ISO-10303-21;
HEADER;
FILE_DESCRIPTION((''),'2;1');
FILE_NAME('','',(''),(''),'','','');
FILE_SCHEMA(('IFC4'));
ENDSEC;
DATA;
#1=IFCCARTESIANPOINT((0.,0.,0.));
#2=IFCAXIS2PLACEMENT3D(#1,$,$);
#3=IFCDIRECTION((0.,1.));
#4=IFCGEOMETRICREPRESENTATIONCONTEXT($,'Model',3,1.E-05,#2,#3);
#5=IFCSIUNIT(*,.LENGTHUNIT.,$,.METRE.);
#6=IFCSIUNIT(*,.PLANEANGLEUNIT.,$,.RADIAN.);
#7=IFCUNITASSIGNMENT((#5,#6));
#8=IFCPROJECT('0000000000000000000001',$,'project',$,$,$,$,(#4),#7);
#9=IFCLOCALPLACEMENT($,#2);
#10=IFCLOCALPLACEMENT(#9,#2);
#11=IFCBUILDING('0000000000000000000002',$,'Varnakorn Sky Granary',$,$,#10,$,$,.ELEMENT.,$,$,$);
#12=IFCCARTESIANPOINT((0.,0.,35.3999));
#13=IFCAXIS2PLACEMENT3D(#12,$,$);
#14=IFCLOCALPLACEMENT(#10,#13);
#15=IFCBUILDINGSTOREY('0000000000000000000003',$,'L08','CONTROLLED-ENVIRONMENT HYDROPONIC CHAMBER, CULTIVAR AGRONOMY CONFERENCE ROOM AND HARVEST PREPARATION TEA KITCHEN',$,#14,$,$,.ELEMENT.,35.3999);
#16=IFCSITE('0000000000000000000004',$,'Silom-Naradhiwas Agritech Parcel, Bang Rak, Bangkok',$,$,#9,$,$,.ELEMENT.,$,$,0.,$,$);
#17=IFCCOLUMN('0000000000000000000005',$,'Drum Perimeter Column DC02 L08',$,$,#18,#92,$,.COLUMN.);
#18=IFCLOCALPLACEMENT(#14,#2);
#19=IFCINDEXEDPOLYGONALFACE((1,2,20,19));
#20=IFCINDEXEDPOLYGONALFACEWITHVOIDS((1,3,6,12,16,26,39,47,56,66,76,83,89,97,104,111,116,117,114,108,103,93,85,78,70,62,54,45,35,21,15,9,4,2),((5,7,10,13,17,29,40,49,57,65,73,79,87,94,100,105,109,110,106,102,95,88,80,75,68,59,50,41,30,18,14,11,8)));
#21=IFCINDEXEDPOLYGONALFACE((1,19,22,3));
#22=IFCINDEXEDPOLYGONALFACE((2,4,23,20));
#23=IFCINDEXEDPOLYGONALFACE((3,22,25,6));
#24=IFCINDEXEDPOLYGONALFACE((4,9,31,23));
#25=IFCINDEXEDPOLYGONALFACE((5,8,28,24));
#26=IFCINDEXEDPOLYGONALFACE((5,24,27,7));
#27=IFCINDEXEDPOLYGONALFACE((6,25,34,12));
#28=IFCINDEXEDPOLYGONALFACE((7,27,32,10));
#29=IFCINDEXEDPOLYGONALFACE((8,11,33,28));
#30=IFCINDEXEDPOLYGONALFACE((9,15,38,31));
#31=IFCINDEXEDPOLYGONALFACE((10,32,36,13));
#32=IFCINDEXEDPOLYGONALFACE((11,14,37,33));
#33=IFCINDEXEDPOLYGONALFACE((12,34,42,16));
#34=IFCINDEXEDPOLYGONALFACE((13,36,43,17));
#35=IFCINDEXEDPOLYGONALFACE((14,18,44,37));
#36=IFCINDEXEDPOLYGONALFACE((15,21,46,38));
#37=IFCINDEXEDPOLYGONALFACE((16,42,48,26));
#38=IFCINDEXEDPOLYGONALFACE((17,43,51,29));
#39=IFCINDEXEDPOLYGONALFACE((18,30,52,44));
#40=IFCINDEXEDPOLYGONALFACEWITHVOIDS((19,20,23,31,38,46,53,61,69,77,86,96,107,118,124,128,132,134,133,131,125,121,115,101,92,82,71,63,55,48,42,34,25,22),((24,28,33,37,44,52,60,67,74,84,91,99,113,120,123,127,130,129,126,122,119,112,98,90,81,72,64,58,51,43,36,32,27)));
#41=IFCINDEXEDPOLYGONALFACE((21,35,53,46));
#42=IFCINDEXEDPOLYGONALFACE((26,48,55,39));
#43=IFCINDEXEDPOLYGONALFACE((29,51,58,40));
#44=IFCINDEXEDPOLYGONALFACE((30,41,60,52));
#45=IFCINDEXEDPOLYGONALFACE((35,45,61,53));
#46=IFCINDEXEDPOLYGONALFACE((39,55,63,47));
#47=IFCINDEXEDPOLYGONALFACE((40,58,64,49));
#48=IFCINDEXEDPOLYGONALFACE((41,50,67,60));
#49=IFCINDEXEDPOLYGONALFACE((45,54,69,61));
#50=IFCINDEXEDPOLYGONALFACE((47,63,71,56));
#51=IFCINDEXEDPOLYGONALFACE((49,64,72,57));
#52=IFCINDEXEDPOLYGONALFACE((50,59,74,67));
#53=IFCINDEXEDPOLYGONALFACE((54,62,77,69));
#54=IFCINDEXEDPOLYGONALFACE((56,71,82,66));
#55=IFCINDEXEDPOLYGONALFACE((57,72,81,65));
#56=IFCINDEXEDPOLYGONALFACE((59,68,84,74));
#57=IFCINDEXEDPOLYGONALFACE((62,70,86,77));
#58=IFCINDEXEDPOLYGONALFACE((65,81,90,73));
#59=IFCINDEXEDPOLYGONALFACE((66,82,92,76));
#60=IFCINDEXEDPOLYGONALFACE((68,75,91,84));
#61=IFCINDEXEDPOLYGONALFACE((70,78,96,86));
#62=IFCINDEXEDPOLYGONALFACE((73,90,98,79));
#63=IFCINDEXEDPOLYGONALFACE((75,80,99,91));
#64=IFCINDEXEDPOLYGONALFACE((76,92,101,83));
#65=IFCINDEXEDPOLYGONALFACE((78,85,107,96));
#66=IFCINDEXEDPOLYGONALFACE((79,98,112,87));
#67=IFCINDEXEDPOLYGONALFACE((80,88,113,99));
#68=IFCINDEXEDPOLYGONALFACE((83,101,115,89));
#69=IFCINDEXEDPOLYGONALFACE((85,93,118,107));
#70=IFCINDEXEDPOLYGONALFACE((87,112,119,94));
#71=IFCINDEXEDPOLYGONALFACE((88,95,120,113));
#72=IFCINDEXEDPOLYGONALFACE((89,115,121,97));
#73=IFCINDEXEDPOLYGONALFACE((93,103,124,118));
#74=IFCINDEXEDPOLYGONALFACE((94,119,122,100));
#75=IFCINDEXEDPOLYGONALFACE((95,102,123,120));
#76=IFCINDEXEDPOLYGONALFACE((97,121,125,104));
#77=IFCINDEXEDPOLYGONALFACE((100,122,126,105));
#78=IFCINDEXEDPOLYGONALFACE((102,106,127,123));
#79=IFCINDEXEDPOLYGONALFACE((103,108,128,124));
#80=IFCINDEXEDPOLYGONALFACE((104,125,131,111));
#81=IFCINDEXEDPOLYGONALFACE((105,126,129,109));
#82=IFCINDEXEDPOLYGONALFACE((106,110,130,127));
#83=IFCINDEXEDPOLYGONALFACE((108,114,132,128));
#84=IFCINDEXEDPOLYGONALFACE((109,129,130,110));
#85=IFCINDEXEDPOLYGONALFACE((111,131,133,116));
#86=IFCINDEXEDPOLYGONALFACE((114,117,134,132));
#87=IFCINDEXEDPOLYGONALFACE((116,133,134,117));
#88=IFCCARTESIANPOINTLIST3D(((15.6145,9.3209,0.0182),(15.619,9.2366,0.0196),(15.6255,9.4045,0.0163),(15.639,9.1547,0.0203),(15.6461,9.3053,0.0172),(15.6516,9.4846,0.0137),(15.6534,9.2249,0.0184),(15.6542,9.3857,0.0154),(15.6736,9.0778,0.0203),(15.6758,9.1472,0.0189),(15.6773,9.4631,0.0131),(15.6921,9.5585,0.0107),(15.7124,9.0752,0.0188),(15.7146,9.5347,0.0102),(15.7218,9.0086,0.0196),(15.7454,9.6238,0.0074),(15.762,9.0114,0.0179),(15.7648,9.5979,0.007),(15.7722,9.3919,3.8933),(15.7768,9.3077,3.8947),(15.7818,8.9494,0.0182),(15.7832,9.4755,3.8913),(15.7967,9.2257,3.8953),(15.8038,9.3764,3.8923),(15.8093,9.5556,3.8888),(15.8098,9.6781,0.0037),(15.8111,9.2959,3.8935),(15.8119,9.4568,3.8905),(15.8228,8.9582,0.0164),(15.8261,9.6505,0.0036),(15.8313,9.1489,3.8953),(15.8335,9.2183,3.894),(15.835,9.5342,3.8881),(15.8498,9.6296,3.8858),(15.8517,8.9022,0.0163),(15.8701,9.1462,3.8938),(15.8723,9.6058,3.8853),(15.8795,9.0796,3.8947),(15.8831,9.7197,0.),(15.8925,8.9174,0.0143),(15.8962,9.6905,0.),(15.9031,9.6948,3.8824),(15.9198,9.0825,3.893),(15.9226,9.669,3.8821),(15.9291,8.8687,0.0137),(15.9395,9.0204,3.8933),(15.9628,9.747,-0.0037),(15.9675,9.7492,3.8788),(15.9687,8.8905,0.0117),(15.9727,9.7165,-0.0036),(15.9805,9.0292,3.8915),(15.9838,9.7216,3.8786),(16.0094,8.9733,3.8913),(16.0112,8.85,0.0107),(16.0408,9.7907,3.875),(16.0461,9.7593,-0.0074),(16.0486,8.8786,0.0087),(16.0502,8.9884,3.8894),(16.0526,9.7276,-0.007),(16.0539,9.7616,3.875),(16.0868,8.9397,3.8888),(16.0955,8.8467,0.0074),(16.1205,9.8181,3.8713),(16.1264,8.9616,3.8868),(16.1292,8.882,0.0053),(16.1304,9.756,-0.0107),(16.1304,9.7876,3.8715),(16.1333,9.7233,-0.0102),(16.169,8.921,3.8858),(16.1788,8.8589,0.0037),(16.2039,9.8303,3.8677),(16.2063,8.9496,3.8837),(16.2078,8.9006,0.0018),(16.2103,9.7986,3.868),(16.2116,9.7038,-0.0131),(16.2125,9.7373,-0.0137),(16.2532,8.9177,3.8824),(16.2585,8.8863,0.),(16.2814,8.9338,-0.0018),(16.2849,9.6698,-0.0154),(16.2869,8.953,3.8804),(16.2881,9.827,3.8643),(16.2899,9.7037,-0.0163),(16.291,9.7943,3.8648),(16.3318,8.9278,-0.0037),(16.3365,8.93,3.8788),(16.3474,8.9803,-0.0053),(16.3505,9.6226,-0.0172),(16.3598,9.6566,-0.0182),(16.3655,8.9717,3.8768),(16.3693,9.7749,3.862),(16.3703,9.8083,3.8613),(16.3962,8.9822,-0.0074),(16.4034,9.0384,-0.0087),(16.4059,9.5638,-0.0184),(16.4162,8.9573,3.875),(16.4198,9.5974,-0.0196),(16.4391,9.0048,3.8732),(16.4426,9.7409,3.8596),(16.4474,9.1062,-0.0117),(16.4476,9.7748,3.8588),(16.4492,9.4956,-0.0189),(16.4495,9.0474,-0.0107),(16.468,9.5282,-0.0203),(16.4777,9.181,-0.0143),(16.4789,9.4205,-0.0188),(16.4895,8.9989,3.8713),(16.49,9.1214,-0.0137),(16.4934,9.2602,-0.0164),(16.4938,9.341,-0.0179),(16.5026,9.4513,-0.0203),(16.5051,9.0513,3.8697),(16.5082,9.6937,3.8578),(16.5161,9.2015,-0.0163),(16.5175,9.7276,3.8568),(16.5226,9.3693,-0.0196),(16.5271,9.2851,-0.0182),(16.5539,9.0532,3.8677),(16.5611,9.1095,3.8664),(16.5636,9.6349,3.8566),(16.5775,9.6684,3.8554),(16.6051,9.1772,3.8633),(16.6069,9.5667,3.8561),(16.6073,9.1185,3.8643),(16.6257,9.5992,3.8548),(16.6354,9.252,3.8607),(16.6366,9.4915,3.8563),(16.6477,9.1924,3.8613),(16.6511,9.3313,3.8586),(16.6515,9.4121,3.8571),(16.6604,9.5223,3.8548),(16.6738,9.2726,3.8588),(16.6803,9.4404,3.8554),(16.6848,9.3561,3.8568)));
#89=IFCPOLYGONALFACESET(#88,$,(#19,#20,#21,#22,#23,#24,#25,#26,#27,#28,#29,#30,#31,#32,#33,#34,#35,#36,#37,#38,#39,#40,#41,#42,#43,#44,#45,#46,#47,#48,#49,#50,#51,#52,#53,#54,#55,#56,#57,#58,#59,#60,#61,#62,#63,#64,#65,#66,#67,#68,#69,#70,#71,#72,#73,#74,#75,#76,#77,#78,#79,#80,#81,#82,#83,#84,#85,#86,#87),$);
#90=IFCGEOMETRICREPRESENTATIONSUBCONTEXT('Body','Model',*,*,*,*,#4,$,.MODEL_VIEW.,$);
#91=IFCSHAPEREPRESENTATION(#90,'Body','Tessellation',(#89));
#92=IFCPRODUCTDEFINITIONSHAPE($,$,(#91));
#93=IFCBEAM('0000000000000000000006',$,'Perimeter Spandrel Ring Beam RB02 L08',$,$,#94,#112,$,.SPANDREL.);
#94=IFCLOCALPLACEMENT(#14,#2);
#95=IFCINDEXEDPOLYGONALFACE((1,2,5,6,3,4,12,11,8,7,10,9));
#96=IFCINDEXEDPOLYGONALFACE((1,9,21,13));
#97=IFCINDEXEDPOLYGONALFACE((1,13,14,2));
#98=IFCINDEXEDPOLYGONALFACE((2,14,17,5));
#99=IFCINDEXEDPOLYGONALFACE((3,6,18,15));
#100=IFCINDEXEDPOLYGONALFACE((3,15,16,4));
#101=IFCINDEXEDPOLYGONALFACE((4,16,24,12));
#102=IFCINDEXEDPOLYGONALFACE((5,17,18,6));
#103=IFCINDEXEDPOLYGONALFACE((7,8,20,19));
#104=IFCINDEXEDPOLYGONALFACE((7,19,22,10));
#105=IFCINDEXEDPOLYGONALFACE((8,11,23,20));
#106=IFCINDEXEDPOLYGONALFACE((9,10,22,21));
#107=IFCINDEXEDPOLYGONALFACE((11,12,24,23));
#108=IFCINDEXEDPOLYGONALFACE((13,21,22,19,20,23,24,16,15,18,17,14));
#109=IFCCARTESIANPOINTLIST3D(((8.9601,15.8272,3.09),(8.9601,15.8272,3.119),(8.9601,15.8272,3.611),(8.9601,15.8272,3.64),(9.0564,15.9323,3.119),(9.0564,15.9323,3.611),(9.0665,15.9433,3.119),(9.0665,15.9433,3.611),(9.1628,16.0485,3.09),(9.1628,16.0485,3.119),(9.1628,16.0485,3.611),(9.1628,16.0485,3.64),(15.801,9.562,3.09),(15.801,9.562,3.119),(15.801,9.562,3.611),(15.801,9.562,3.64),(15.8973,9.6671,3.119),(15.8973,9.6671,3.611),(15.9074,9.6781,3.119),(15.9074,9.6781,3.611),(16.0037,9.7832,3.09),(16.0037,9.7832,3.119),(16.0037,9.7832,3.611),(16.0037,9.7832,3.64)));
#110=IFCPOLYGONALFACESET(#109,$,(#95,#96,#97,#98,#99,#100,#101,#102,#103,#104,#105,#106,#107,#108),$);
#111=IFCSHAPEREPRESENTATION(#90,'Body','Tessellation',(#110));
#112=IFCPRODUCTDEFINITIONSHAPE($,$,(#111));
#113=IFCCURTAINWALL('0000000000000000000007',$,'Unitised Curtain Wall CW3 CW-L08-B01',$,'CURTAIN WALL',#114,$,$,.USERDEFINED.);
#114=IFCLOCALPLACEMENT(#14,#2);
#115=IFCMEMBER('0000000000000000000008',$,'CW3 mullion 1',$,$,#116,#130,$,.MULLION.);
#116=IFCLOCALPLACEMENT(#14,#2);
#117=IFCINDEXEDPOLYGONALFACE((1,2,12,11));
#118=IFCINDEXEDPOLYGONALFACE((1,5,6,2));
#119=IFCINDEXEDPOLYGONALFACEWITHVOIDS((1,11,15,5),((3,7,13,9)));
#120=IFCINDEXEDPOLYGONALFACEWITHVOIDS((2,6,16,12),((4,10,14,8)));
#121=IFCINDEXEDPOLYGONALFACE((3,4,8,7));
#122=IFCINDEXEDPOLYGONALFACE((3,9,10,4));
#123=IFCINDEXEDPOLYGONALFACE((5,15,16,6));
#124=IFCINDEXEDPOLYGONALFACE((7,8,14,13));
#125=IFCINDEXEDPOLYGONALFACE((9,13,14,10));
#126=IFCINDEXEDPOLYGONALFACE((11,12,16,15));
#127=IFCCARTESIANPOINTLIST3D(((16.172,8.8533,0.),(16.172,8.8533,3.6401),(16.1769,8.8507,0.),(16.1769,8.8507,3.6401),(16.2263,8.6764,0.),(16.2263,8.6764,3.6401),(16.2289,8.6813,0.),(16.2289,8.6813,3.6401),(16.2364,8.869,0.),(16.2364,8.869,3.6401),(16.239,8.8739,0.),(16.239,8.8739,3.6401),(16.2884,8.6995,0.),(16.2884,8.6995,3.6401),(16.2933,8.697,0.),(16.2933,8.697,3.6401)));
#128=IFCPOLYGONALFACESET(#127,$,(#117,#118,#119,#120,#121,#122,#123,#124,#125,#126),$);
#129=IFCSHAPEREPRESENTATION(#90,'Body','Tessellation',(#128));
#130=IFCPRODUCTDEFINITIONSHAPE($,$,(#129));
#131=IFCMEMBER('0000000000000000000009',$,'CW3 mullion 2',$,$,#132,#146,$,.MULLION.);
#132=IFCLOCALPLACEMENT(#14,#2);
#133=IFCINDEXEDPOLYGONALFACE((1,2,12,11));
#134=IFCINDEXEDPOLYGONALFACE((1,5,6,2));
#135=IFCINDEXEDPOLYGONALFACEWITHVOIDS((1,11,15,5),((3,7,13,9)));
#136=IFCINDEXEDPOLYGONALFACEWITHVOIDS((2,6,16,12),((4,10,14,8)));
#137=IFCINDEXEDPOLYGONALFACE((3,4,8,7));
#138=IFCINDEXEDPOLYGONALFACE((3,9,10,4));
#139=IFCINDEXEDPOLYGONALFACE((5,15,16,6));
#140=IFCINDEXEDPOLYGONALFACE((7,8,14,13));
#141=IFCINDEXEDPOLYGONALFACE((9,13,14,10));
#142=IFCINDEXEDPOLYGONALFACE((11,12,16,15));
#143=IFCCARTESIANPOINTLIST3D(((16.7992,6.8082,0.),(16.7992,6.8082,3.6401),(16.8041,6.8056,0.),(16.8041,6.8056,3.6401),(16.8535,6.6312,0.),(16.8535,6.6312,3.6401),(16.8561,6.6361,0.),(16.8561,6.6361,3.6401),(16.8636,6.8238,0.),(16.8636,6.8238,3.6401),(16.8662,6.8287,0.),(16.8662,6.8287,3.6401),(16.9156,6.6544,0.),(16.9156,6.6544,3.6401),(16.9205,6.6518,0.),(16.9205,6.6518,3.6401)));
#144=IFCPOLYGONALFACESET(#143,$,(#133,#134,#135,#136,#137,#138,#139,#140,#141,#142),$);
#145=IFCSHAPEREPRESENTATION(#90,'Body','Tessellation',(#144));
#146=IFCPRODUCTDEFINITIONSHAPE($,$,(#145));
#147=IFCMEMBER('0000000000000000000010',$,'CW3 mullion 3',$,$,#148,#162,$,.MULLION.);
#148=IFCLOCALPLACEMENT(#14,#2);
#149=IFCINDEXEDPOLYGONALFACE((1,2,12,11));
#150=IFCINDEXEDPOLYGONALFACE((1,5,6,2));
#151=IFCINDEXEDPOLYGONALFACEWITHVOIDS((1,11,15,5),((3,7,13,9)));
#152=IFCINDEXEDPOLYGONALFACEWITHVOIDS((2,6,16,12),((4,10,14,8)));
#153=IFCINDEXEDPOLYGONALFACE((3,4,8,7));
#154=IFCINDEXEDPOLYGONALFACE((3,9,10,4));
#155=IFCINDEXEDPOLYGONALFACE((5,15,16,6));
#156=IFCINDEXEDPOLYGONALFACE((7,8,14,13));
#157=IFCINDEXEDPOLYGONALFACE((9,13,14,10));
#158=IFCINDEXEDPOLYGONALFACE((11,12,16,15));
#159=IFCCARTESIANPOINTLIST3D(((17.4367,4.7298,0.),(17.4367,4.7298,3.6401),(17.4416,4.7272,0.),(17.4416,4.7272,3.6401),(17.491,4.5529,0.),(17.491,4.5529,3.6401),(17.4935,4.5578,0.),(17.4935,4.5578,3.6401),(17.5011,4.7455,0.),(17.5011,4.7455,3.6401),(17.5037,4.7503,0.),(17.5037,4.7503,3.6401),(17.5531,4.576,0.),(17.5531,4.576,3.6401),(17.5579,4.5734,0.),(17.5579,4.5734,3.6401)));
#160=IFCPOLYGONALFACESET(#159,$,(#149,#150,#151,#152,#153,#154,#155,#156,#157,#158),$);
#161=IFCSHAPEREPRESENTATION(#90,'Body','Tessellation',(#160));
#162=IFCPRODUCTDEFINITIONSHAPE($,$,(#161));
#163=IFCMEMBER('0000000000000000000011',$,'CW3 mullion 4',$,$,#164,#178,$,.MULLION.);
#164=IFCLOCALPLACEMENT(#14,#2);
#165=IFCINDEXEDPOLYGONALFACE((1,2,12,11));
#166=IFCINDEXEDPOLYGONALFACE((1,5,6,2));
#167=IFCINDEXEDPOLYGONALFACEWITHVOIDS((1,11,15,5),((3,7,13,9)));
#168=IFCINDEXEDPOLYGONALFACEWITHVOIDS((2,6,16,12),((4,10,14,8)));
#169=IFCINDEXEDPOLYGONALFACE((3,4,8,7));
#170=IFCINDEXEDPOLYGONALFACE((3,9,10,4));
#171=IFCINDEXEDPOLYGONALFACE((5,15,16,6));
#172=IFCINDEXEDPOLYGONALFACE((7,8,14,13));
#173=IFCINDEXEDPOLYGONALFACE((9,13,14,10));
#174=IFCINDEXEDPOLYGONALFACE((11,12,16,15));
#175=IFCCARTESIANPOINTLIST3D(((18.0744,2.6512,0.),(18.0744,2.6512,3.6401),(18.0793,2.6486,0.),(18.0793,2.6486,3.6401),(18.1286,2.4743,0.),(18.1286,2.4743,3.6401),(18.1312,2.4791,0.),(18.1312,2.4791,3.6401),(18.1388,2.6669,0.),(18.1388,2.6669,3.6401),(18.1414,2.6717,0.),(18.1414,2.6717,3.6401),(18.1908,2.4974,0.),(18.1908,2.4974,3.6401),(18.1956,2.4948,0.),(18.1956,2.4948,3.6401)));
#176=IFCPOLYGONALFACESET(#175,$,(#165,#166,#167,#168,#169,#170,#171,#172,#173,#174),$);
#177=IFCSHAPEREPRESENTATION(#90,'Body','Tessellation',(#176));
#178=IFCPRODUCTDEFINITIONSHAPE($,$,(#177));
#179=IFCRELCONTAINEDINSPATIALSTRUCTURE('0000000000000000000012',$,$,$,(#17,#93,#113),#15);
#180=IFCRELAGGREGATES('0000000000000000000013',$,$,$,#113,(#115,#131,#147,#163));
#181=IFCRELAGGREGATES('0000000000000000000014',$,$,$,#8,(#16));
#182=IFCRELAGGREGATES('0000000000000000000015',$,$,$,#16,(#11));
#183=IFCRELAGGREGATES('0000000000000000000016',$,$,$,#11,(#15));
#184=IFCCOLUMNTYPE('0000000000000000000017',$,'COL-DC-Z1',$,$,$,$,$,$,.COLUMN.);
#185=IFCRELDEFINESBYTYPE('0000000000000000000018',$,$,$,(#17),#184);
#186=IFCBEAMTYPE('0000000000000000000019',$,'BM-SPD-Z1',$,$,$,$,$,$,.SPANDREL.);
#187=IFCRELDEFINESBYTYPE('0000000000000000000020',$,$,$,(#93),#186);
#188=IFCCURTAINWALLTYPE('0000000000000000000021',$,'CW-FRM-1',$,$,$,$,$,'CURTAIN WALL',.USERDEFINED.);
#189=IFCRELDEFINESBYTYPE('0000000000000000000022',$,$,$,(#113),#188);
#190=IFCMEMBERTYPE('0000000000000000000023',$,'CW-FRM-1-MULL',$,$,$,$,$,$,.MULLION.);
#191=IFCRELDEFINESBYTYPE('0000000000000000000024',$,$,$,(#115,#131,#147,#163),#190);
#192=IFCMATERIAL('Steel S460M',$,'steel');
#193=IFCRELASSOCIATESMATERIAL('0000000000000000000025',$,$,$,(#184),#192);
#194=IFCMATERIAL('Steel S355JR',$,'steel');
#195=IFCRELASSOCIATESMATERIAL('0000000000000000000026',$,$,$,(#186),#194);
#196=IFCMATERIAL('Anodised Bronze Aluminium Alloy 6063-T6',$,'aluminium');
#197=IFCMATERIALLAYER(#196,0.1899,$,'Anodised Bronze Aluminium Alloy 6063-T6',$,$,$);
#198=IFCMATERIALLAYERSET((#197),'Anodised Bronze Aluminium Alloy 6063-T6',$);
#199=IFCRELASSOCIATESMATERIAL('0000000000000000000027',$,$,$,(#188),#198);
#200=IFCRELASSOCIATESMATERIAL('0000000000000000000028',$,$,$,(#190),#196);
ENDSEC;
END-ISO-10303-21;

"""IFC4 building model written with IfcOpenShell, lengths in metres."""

from ifc_helpers import new_model, si_unit, direction, frame, origin, origin_2d, place, context, subcontext, project, spatial, hollow_rectangle, hollow_circle, i_section, extrude, material, layer, layer_set, material_profile, profile_set, type_object, element, aggregate, save


model = new_model("IFC4")

# Units and contexts
model_context = context("Model", 3, precision=1e-05, world=origin(), true_north=direction((0.0, 1.0)))
body_context = subcontext(model_context, "Body", "Model", "MODEL_VIEW")
ifc_project = project(units=[si_unit("LENGTHUNIT", "METRE"), si_unit("PLANEANGLEUNIT", "RADIAN")], contexts=[model_context])

# Site, building, storey
site_placement = place(None, origin())
site = spatial("IfcSite", under=ifc_project, at=site_placement, Name="Silom-Naradhiwas Agritech Parcel, Bang Rak, Bangkok", CompositionType="ELEMENT", RefElevation=0.0)
building_placement = place(site_placement, origin())
building = spatial("IfcBuilding", under=site, at=building_placement, Name="Varnakorn Sky Granary", CompositionType="ELEMENT")
storey_placement = place(building_placement, frame((0.0, 0.0, 35.3999)))
storey = spatial("IfcBuildingStorey", under=building, at=storey_placement, Name="L08", Description="CONTROLLED-ENVIRONMENT HYDROPONIC CHAMBER, CULTIVAR AGRONOMY CONFERENCE ROOM AND HARVEST PREPARATION TEA KITCHEN", CompositionType="ELEMENT", Elevation=35.3999)

# Column
ifc_material_1 = material(Name="Steel S460M", Category="steel")
ifc_material_profile_1 = material_profile(ifc_material_1, hollow_circle(Radius=0.457, WallThickness=0.032, at=origin_2d()), Name="CHS 914x32")
ifc_profile_set_1 = profile_set([ifc_material_profile_1], Name="Steel S460M")
column_type = type_object("IfcColumnType", Name="COL-DC-Z1", PredefinedType="COLUMN", material=ifc_profile_set_1)
column_placement = place(storey_placement, frame((16.0708, 9.303, 0.0), z_axis=(0.04066, 0.018316, 0.999005), x_axis=(-0.410717, 0.911763, 0.0)))
element("IfcColumn", 1, at=column_placement, inside=storey, type_object=column_type, Name="Drum Perimeter Column DC02 L08", PredefinedType="COLUMN", context=body_context, shape_type="SweptSolid", body=[
    extrude(hollow_circle(Radius=0.457, WallThickness=0.032, at=origin_2d()), origin(), (0.0, 0.0, 1.0), 3.8789),
])

# Beam
ifc_material_2 = material(Name="Steel S355JR", Category="steel")
ifc_material_profile_2 = material_profile(ifc_material_2, i_section(OverallWidth=0.3, OverallDepth=0.55, WebThickness=0.0149, FlangeThickness=0.0291, at=origin_2d()), Name="HE 550 B")
ifc_profile_set_2 = profile_set([ifc_material_profile_2], Name="Steel S355JR")
beam_type = type_object("IfcBeamType", Name="BM-SPD-Z1", PredefinedType="SPANDREL", material=ifc_profile_set_2)
beam_placement = place(storey_placement, frame((15.9023, 9.6726, 3.365), z_axis=(-0.737456, 0.675396, 0.0), x_axis=(-0.675396, -0.737456, 0.0)))
element("IfcBeam", 2, at=beam_placement, inside=storey, type_object=beam_type, Name="Perimeter Spandrel Ring Beam RB02 L08", PredefinedType="SPANDREL", context=body_context, shape_type="SweptSolid", body=[
    extrude(i_section(OverallWidth=0.3, OverallDepth=0.55, WebThickness=0.0149, FlangeThickness=0.0291, at=origin_2d()), origin(), (0.0, 0.0, 1.0), 9.2764),
])

# Curtain wall, members
ifc_material_3 = material(Name="Anodised Bronze Aluminium Alloy 6063-T6", Category="aluminium")
ifc_layer_1 = layer(ifc_material_3, 0.1899, Name="Anodised Bronze Aluminium Alloy 6063-T6")
ifc_layer_set_1 = layer_set([ifc_layer_1], Name="Anodised Bronze Aluminium Alloy 6063-T6")
curtain_wall_type = type_object("IfcCurtainWallType", Name="CW-FRM-1", ElementType="CURTAIN WALL", PredefinedType="USERDEFINED", material=ifc_layer_set_1)
curtain_wall_placement = place(storey_placement, origin())
curtain_wall = element("IfcCurtainWall", 3, at=curtain_wall_placement, inside=storey, type_object=curtain_wall_type, Name="Unitised Curtain Wall CW3 CW-L08-B01", ObjectType="CURTAIN WALL", PredefinedType="USERDEFINED")
ifc_material_profile_3 = material_profile(ifc_material_3, hollow_rectangle(XDim=0.0701, YDim=0.1851, WallThickness=0.0039, at=origin_2d()), Name="ALU MULL 70x185")
ifc_profile_set_3 = profile_set([ifc_material_profile_3], Name="Anodised Bronze Aluminium Alloy 6063-T6")
member_type_1 = type_object("IfcMemberType", Name="CW-FRM-1-MULL", PredefinedType="MULLION", material=ifc_profile_set_3)
member_1_placement = place(storey_placement, frame((16.2327, 8.7751, 0.0), z_axis=(0.0, 0.0, 1.0), x_axis=(0.956046, 0.293216, 0.0)))
member_1 = element("IfcMember", 4, at=member_1_placement, type_object=member_type_1, Name="CW3 mullion 1", PredefinedType="MULLION", context=body_context, shape_type="SweptSolid", body=[
    extrude(hollow_rectangle(XDim=0.0701, YDim=0.1851, WallThickness=0.0039, at=origin_2d()), origin(), (0.0, 0.0, 1.0), 3.6401),
])
member_2_placement = place(storey_placement, frame((16.8599, 6.73, 0.0), z_axis=(0.0, 0.0, 1.0), x_axis=(0.956046, 0.293216, 0.0)))
member_2 = element("IfcMember", 5, at=member_2_placement, type_object=member_type_1, Name="CW3 mullion 2", PredefinedType="MULLION", context=body_context, shape_type="SweptSolid", body=[
    extrude(hollow_rectangle(XDim=0.0701, YDim=0.1851, WallThickness=0.0039, at=origin_2d()), origin(), (0.0, 0.0, 1.0), 3.6401),
])
member_3_placement = place(storey_placement, frame((17.4973, 4.6516, 0.0), z_axis=(0.0, 0.0, 1.0), x_axis=(0.956046, 0.293216, 0.0)))
member_3 = element("IfcMember", 6, at=member_3_placement, type_object=member_type_1, Name="CW3 mullion 3", PredefinedType="MULLION", context=body_context, shape_type="SweptSolid", body=[
    extrude(hollow_rectangle(XDim=0.0701, YDim=0.1851, WallThickness=0.0039, at=origin_2d()), origin(), (0.0, 0.0, 1.0), 3.6401),
])
member_4_placement = place(storey_placement, frame((18.135, 2.573, 0.0), z_axis=(0.0, 0.0, 1.0), x_axis=(0.956046, 0.293216, 0.0)))
member_4 = element("IfcMember", 7, at=member_4_placement, type_object=member_type_1, Name="CW3 mullion 4", PredefinedType="MULLION", context=body_context, shape_type="SweptSolid", body=[
    extrude(hollow_rectangle(XDim=0.0701, YDim=0.1851, WallThickness=0.0039, at=origin_2d()), origin(), (0.0, 0.0, 1.0), 3.6401),
])

aggregate(curtain_wall, [member_1, member_2, member_3, member_4])

save(model, "model.ifc")
